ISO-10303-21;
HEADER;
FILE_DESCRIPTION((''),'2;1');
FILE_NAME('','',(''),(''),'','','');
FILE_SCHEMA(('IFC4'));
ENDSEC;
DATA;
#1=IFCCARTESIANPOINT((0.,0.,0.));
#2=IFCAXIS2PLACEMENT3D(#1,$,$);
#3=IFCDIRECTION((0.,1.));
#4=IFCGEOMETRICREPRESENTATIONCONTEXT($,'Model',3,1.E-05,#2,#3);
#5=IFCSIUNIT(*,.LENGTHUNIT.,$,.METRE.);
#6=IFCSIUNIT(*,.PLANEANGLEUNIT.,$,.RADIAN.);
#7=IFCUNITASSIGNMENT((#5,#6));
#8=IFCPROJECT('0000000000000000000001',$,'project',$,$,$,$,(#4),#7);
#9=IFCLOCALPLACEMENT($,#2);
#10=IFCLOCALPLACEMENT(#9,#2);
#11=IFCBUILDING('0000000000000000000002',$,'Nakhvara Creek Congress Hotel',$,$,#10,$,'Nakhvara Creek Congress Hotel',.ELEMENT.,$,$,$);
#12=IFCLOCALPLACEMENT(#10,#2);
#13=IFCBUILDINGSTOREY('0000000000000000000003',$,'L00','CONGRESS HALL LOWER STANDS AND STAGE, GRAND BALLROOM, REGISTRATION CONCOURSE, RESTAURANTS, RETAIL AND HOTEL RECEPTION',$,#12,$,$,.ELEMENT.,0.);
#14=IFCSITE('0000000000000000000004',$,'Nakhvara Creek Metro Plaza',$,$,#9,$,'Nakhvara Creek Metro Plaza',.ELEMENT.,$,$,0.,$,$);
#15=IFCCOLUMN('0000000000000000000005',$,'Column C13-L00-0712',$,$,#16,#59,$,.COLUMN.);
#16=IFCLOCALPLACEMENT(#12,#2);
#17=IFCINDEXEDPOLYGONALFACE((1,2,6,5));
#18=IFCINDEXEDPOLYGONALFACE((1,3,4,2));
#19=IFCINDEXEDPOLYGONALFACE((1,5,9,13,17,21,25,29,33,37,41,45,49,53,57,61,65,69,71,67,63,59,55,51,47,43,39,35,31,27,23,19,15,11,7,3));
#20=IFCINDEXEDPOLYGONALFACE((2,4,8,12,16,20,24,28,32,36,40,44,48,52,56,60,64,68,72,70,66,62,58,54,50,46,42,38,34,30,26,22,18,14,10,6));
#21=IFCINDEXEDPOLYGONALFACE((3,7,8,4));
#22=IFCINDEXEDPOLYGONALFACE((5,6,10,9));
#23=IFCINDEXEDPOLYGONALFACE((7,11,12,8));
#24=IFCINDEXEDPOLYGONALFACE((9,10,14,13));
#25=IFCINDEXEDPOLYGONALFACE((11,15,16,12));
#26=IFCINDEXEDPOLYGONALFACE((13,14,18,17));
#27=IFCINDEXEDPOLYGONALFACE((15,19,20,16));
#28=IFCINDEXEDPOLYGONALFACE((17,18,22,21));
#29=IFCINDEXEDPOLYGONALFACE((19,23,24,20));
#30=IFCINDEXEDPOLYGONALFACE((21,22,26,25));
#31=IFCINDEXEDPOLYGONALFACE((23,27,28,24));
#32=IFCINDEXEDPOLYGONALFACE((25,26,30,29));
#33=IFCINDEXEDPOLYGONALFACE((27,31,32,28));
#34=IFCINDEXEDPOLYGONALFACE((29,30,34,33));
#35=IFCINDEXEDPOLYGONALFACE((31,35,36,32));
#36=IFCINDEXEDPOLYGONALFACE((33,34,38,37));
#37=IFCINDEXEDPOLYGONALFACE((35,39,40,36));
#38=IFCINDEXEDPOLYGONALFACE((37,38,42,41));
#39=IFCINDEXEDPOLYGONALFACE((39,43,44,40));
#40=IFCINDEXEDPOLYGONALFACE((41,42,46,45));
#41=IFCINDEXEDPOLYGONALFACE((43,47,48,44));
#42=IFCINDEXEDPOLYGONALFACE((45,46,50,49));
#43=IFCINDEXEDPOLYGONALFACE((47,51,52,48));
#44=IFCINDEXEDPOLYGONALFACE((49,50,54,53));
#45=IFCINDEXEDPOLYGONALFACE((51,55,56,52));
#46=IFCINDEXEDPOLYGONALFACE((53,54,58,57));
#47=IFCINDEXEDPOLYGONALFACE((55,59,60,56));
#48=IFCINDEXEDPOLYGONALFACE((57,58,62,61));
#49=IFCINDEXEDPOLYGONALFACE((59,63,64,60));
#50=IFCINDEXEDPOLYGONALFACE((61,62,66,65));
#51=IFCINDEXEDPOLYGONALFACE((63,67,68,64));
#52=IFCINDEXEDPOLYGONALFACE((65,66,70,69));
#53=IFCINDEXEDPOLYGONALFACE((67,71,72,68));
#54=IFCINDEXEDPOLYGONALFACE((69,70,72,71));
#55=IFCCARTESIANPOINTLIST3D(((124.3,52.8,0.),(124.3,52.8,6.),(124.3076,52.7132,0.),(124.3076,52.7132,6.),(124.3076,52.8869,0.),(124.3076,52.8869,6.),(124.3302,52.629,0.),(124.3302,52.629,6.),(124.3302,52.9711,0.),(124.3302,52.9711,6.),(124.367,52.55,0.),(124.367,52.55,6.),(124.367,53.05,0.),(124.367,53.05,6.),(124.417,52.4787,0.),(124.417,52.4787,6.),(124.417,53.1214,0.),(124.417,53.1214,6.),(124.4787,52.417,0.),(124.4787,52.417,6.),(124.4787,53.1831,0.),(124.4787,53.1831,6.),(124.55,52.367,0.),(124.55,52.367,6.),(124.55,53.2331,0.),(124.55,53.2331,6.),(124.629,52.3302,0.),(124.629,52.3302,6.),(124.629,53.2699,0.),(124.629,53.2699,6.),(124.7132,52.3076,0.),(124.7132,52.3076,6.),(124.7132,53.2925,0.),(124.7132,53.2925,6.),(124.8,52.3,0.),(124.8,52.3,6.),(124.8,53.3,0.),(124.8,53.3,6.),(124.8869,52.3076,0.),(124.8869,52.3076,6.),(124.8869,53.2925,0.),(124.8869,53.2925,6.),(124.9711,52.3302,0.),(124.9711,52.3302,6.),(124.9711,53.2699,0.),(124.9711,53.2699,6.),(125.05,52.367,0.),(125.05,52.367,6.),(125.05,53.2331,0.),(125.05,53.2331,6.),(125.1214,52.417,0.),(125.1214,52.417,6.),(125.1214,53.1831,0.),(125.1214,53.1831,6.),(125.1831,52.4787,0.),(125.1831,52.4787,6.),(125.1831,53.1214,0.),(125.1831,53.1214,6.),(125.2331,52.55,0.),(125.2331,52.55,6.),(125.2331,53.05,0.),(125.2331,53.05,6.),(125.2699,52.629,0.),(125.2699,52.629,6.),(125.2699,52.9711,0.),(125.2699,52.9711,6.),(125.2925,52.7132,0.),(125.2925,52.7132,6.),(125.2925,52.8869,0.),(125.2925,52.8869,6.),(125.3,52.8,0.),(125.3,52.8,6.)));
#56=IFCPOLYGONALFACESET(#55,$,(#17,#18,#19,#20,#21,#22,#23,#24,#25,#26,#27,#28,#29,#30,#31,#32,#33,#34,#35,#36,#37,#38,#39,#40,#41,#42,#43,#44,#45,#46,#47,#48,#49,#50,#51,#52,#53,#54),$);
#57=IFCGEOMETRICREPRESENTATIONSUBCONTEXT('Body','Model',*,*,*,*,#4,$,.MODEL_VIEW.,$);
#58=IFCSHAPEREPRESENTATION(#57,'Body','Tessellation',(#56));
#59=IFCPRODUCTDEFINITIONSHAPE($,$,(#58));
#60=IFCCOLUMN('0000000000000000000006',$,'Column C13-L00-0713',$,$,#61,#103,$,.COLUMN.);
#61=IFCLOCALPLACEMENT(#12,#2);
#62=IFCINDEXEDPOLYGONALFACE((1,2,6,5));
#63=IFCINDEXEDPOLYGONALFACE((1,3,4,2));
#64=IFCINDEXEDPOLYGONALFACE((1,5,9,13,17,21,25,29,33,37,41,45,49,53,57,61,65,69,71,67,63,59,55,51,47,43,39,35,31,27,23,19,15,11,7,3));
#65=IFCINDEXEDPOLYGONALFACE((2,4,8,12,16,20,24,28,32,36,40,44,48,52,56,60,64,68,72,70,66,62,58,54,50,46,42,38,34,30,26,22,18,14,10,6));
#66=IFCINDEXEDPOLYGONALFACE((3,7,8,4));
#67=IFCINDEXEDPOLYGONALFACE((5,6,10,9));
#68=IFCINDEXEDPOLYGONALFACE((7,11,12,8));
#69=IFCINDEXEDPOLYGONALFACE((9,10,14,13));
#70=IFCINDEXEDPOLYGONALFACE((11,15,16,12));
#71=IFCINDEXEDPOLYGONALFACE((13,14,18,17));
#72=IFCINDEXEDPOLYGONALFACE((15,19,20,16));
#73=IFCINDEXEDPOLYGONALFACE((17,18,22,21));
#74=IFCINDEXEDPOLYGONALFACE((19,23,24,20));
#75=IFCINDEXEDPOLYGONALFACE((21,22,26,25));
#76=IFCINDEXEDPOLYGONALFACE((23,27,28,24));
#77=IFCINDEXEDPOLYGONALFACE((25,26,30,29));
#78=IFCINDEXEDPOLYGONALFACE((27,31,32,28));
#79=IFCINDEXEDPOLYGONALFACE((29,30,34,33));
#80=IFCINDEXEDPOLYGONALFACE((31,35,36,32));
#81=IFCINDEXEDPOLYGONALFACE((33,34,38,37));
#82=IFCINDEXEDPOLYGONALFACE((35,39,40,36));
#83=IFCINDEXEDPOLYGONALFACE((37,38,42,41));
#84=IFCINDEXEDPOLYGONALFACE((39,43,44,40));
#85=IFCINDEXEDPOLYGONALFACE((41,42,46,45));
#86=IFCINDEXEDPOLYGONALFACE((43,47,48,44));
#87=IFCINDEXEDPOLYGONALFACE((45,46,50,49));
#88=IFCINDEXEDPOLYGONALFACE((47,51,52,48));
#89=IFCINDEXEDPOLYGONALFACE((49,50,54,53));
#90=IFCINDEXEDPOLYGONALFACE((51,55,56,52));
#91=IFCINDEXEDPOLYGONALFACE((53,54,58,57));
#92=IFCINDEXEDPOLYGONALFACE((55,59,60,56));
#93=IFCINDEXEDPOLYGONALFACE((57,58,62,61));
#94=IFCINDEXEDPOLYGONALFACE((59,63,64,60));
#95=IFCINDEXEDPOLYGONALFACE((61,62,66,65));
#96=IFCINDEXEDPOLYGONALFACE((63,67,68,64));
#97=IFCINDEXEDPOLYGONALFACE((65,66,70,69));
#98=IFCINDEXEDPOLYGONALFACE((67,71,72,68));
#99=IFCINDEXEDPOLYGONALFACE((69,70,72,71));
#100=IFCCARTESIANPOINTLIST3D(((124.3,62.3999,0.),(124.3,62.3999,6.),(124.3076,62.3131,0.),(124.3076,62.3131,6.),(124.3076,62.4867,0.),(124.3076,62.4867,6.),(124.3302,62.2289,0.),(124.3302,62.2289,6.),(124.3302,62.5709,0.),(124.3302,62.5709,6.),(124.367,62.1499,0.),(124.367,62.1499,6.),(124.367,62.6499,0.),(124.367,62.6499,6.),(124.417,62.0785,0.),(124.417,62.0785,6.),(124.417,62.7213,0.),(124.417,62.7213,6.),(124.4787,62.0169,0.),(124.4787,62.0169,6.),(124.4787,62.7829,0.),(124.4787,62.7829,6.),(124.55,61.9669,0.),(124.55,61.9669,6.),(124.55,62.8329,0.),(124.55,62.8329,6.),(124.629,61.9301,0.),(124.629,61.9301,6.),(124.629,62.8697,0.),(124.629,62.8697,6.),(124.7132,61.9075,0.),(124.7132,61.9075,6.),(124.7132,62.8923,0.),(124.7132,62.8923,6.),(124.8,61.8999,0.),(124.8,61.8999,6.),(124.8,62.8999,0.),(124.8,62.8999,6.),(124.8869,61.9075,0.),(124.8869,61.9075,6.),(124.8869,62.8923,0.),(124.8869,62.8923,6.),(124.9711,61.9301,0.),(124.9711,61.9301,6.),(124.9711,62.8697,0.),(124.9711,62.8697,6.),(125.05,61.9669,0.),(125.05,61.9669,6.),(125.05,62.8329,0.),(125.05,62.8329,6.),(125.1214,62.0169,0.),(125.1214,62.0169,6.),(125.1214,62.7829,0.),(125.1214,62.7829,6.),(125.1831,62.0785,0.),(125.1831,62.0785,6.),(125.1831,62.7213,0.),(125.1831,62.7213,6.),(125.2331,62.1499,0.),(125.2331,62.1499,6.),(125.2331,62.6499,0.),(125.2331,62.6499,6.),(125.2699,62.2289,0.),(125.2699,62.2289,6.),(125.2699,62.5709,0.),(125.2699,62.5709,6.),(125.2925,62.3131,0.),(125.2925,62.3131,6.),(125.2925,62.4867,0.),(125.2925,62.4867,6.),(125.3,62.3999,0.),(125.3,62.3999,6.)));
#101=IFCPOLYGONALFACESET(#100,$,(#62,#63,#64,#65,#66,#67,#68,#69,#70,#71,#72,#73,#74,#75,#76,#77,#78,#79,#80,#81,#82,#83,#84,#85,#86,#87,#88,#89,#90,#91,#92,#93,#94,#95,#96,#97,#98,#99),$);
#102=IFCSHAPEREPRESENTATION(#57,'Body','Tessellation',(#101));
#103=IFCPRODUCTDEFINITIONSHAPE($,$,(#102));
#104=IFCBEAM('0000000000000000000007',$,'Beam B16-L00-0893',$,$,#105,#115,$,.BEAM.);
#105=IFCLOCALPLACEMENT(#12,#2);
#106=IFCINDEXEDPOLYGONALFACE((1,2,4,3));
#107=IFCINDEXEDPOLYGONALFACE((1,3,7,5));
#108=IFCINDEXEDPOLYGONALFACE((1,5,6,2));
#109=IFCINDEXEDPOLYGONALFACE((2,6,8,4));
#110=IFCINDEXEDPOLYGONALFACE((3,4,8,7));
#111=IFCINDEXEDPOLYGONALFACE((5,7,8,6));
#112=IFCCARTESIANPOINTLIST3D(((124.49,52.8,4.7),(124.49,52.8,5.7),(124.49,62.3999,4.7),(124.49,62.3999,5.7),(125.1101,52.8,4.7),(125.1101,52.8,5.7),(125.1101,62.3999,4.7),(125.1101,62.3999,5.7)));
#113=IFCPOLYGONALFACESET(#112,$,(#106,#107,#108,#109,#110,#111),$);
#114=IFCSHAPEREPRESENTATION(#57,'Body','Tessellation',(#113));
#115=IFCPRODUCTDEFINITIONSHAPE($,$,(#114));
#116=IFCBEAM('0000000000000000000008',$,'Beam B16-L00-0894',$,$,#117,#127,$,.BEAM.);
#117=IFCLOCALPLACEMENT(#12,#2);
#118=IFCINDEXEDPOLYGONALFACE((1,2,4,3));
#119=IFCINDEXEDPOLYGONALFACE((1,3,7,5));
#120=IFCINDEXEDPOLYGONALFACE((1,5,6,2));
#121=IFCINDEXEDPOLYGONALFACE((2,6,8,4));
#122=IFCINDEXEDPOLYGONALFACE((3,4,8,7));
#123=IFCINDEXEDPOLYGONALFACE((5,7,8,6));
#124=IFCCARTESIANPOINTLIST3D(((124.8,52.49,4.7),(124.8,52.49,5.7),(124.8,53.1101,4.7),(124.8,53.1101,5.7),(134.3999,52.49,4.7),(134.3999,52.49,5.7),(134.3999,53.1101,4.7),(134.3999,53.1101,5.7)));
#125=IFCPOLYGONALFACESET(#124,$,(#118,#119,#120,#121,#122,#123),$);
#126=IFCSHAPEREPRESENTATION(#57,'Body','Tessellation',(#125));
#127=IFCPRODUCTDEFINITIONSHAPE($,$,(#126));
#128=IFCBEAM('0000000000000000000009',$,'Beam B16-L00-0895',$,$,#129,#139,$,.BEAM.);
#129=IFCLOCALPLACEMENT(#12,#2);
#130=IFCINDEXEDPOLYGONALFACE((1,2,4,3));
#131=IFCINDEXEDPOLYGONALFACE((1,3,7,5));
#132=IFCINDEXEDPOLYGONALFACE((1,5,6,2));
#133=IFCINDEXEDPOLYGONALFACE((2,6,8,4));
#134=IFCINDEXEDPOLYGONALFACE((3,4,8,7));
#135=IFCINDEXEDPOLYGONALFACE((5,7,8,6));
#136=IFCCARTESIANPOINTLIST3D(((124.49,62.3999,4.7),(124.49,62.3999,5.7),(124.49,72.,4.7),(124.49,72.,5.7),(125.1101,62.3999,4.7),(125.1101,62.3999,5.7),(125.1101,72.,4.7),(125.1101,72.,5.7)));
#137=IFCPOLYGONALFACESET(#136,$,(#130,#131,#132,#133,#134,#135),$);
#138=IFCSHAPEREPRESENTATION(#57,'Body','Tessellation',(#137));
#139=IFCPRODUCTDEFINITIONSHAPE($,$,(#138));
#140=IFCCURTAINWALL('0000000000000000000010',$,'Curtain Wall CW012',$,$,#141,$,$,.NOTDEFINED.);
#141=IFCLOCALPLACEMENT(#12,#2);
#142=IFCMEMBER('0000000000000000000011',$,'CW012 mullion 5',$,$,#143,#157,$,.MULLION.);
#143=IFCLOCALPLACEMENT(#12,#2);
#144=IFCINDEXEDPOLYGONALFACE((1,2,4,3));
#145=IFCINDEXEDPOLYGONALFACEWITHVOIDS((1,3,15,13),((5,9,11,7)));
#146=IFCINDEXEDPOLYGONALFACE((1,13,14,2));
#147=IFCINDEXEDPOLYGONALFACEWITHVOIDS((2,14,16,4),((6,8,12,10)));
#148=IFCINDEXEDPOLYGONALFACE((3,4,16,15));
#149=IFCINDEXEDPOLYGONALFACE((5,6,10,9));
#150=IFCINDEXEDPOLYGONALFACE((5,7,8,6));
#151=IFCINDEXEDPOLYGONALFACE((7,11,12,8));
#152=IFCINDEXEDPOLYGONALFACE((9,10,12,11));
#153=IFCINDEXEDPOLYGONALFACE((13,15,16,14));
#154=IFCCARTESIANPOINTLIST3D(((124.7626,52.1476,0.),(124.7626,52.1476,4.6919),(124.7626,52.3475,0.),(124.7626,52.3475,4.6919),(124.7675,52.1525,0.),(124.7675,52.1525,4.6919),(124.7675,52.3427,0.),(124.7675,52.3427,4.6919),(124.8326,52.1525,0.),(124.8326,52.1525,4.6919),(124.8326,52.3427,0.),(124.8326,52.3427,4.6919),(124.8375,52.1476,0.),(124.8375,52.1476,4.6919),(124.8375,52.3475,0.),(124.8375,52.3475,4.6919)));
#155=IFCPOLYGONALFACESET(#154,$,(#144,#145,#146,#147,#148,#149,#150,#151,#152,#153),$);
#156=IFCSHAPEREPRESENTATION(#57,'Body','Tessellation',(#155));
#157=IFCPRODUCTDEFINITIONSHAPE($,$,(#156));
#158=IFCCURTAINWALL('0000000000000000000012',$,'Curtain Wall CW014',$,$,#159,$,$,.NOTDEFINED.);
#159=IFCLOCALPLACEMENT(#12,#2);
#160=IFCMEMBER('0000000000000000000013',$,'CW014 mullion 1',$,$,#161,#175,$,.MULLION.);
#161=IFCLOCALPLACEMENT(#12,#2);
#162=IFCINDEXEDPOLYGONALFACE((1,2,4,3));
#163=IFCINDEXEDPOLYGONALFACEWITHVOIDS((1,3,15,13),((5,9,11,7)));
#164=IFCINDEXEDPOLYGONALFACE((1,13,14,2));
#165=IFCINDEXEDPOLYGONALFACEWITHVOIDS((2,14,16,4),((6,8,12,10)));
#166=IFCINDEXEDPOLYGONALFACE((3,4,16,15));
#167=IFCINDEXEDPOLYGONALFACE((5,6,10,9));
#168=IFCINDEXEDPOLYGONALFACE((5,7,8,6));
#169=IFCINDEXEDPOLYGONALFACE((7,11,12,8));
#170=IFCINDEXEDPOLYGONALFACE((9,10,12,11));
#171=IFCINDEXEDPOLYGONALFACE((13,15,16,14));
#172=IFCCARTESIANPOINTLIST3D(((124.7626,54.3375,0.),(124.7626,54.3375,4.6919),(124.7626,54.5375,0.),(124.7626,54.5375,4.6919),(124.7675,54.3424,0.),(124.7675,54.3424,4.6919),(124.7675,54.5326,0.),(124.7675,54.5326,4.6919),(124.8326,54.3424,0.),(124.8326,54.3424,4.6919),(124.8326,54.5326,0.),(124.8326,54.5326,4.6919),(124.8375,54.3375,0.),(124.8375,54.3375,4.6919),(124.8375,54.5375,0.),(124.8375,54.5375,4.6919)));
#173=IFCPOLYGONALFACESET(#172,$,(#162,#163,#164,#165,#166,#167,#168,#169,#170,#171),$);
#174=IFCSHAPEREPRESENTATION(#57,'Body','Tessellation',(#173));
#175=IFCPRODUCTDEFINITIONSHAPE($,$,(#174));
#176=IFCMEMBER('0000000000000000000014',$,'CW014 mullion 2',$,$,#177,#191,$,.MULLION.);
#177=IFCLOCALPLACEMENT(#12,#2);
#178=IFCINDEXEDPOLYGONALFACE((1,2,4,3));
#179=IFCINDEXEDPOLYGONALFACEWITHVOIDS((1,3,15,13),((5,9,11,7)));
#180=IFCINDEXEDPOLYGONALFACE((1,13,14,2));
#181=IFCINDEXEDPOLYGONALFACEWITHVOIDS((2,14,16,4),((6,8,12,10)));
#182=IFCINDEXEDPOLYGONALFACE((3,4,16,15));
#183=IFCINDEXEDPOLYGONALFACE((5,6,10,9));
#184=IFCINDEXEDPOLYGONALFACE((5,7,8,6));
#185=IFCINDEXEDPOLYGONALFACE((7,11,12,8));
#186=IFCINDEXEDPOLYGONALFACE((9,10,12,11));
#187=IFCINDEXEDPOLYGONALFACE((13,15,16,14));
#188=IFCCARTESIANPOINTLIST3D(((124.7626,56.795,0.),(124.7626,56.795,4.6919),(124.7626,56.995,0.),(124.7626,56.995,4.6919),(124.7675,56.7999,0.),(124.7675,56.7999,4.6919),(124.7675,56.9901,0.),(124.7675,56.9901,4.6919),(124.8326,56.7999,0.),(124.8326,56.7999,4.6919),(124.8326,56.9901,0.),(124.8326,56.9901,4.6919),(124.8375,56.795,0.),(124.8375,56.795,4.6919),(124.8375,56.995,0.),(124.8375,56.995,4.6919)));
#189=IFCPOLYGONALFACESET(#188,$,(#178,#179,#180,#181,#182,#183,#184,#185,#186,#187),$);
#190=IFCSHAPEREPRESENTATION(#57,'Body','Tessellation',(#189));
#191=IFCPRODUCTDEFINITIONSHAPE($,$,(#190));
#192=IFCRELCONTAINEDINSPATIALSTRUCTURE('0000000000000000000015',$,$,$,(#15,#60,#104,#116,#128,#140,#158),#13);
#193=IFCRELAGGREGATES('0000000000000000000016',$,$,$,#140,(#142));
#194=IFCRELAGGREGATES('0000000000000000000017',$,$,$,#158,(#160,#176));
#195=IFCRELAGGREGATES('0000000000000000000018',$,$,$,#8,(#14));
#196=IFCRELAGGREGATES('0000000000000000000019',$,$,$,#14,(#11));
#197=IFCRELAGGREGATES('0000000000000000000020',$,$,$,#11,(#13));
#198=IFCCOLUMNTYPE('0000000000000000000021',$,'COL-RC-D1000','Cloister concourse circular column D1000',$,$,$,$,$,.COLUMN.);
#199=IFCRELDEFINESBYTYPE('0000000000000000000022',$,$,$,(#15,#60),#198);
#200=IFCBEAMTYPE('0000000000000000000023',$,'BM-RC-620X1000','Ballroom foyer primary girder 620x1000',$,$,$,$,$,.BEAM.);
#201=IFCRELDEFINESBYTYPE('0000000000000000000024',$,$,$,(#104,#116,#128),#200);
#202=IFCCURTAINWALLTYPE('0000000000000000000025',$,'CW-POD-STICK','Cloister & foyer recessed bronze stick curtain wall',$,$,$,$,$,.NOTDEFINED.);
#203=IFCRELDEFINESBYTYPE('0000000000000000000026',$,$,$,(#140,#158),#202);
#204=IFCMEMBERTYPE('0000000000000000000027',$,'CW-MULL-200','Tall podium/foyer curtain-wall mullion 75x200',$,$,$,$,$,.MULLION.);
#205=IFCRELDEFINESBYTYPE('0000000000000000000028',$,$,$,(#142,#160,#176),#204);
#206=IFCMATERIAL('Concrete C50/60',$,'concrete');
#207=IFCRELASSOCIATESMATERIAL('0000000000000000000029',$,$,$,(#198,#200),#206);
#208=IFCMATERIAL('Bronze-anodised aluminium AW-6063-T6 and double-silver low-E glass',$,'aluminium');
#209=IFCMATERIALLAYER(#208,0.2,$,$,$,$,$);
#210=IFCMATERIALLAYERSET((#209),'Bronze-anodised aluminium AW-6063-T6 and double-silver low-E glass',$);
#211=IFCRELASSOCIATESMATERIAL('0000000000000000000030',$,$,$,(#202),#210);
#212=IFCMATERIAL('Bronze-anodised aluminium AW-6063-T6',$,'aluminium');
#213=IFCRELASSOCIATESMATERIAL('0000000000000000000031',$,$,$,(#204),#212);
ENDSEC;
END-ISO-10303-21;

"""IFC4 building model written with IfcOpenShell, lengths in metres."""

from ifc_helpers import new_model, si_unit, direction, frame, origin, origin_2d, place, context, subcontext, project, spatial, rectangle, hollow_rectangle, circle, extrude, material, layer, layer_set, material_profile, profile_set, type_object, element, aggregate, save


model = new_model("IFC4")

# Units and contexts
model_context = context("Model", 3, precision=1e-05, world=origin(), true_north=direction((0.0, 1.0)))
body_context = subcontext(model_context, "Body", "Model", "MODEL_VIEW")
ifc_project = project(units=[si_unit("LENGTHUNIT", "METRE"), si_unit("PLANEANGLEUNIT", "RADIAN")], contexts=[model_context])

# Site, building, storey
site_placement = place(None, origin())
site = spatial("IfcSite", under=ifc_project, at=site_placement, Name="Nakhvara Creek Metro Plaza", LongName="Nakhvara Creek Metro Plaza", CompositionType="ELEMENT", RefElevation=0.0)
building_placement = place(site_placement, origin())
building = spatial("IfcBuilding", under=site, at=building_placement, Name="Nakhvara Creek Congress Hotel", LongName="Nakhvara Creek Congress Hotel", CompositionType="ELEMENT")
storey_placement = place(building_placement, origin())
storey = spatial("IfcBuildingStorey", under=building, at=storey_placement, Name="L00", Description="CONGRESS HALL LOWER STANDS AND STAGE, GRAND BALLROOM, REGISTRATION CONCOURSE, RESTAURANTS, RETAIL AND HOTEL RECEPTION", CompositionType="ELEMENT", Elevation=0.0)

# Columns
ifc_material_1 = material(Name="Concrete C50/60", Category="concrete")
ifc_material_profile_1 = material_profile(ifc_material_1, circle(Radius=0.5, at=origin_2d()), Name="RC-COL D1000", Category="LoadBearing")
ifc_profile_set_1 = profile_set([ifc_material_profile_1], Name="Concrete C50/60")
column_type = type_object("IfcColumnType", Name="COL-RC-D1000", Description="Cloister concourse circular column D1000", PredefinedType="COLUMN", material=ifc_profile_set_1)
for number, where, z_axis, x_axis, name in (
    (1, (124.8, 52.8, 0.0), (0.0, 0.0, 1.0), (1.0, 0.0, 0.0), "Column C13-L00-0712"),
    (2, (124.8, 62.3999, 0.0), (0.0, 0.0, 1.0), (1.0, 0.0, 0.0), "Column C13-L00-0713"),
):
    element("IfcColumn", number, at=place(storey_placement, frame(where, z_axis=z_axis, x_axis=x_axis)), inside=storey, type_object=column_type, Name=name, PredefinedType="COLUMN", context=body_context, shape_type="SweptSolid", body=[
        extrude(circle(Radius=0.5, at=origin_2d()), origin(), (0.0, 0.0, 1.0), 6.0),
    ])

# Beams
ifc_material_profile_2 = material_profile(ifc_material_1, rectangle(XDim=0.6201, YDim=1.0, at=origin_2d()), Name="RC-BM 620x1000", Category="LoadBearing")
ifc_profile_set_2 = profile_set([ifc_material_profile_2], Name="Concrete C50/60")
beam_type = type_object("IfcBeamType", Name="BM-RC-620X1000", Description="Ballroom foyer primary girder 620x1000", PredefinedType="BEAM", material=ifc_profile_set_2)
for number, where, z_axis, x_axis, name in (
    (3, (124.8, 52.8, 5.2), (0.0, 1.0, 0.0), (-1.0, 0.0, 0.0), "Beam B16-L00-0893"),
    (4, (124.8, 52.8, 5.2), (1.0, 0.0, 0.0), (0.0, 1.0, 0.0), "Beam B16-L00-0894"),
):
    element("IfcBeam", number, at=place(storey_placement, frame(where, z_axis=z_axis, x_axis=x_axis)), inside=storey, type_object=beam_type, Name=name, PredefinedType="BEAM", context=body_context, shape_type="SweptSolid", body=[
        extrude(rectangle(XDim=0.6201, YDim=1.0, at=origin_2d()), origin(), (0.0, 0.0, 1.0), 9.5999),
    ])
beam_placement = place(storey_placement, frame((124.8, 62.3999, 5.2), z_axis=(0.0, 1.0, 0.0), x_axis=(-1.0, 0.0, 0.0)))
element("IfcBeam", 5, at=beam_placement, inside=storey, type_object=beam_type, Name="Beam B16-L00-0895", PredefinedType="BEAM", context=body_context, shape_type="SweptSolid", body=[
    extrude(rectangle(XDim=0.6201, YDim=1.0, at=origin_2d()), origin(), (0.0, 0.0, 1.0), 9.6001),
])

# Curtain wall, member
ifc_material_2 = material(Name="Bronze-anodised aluminium AW-6063-T6 and double-silver low-E glass", Category="aluminium")
ifc_layer = layer(ifc_material_2, 0.2)
ifc_layer_set = layer_set([ifc_layer], Name="Bronze-anodised aluminium AW-6063-T6 and double-silver low-E glass")
curtain_wall_type = type_object("IfcCurtainWallType", Name="CW-POD-STICK", Description="Cloister & foyer recessed bronze stick curtain wall", PredefinedType="NOTDEFINED", material=ifc_layer_set)
curtain_wall_1_placement = place(storey_placement, origin())
curtain_wall_1 = element("IfcCurtainWall", 6, at=curtain_wall_1_placement, inside=storey, type_object=curtain_wall_type, Name="Curtain Wall CW012", PredefinedType="NOTDEFINED")
ifc_material_3 = material(Name="Bronze-anodised aluminium AW-6063-T6", Category="aluminium")
ifc_material_profile_3 = material_profile(ifc_material_3, hollow_rectangle(XDim=0.075, YDim=0.2, WallThickness=0.0049, at=origin_2d()), Name="ALU-MULL 75x200x5", Category="LoadBearing")
ifc_profile_set_3 = profile_set([ifc_material_profile_3], Name="Bronze-anodised aluminium AW-6063-T6")
member_type_1 = type_object("IfcMemberType", Name="CW-MULL-200", Description="Tall podium/foyer curtain-wall mullion 75x200", PredefinedType="MULLION", material=ifc_profile_set_3)
member_1_placement = place(storey_placement, frame((124.8, 52.2476, 0.0), z_axis=(0.0, 0.0, 1.0), x_axis=(-1.0, 0.0, 0.0)))
member_1 = element("IfcMember", 7, at=member_1_placement, type_object=member_type_1, Name="CW012 mullion 5", PredefinedType="MULLION", context=body_context, shape_type="SweptSolid", body=[
    extrude(hollow_rectangle(XDim=0.075, YDim=0.2, WallThickness=0.0049, at=origin_2d()), origin(), (0.0, 0.0, 1.0), 4.6919),
])

# Curtain wall, members
curtain_wall_2_placement = place(storey_placement, origin())
curtain_wall_2 = element("IfcCurtainWall", 8, at=curtain_wall_2_placement, inside=storey, type_object=curtain_wall_type, Name="Curtain Wall CW014", PredefinedType="NOTDEFINED")
member_2_placement = place(storey_placement, frame((124.8, 54.4375, 0.0), z_axis=(0.0, 0.0, 1.0), x_axis=(-1.0, 0.0, 0.0)))
member_2 = element("IfcMember", 9, at=member_2_placement, type_object=member_type_1, Name="CW014 mullion 1", PredefinedType="MULLION", context=body_context, shape_type="SweptSolid", body=[
    extrude(hollow_rectangle(XDim=0.075, YDim=0.2, WallThickness=0.0049, at=origin_2d()), origin(), (0.0, 0.0, 1.0), 4.6919),
])
member_3_placement = place(storey_placement, frame((124.8, 56.895, 0.0), z_axis=(0.0, 0.0, 1.0), x_axis=(-1.0, 0.0, 0.0)))
member_3 = element("IfcMember", 10, at=member_3_placement, type_object=member_type_1, Name="CW014 mullion 2", PredefinedType="MULLION", context=body_context, shape_type="SweptSolid", body=[
    extrude(hollow_rectangle(XDim=0.075, YDim=0.2, WallThickness=0.0049, at=origin_2d()), origin(), (0.0, 0.0, 1.0), 4.6919),
])

aggregate(curtain_wall_1, [member_1])
aggregate(curtain_wall_2, [member_2, member_3])

save(model, "model.ifc")
